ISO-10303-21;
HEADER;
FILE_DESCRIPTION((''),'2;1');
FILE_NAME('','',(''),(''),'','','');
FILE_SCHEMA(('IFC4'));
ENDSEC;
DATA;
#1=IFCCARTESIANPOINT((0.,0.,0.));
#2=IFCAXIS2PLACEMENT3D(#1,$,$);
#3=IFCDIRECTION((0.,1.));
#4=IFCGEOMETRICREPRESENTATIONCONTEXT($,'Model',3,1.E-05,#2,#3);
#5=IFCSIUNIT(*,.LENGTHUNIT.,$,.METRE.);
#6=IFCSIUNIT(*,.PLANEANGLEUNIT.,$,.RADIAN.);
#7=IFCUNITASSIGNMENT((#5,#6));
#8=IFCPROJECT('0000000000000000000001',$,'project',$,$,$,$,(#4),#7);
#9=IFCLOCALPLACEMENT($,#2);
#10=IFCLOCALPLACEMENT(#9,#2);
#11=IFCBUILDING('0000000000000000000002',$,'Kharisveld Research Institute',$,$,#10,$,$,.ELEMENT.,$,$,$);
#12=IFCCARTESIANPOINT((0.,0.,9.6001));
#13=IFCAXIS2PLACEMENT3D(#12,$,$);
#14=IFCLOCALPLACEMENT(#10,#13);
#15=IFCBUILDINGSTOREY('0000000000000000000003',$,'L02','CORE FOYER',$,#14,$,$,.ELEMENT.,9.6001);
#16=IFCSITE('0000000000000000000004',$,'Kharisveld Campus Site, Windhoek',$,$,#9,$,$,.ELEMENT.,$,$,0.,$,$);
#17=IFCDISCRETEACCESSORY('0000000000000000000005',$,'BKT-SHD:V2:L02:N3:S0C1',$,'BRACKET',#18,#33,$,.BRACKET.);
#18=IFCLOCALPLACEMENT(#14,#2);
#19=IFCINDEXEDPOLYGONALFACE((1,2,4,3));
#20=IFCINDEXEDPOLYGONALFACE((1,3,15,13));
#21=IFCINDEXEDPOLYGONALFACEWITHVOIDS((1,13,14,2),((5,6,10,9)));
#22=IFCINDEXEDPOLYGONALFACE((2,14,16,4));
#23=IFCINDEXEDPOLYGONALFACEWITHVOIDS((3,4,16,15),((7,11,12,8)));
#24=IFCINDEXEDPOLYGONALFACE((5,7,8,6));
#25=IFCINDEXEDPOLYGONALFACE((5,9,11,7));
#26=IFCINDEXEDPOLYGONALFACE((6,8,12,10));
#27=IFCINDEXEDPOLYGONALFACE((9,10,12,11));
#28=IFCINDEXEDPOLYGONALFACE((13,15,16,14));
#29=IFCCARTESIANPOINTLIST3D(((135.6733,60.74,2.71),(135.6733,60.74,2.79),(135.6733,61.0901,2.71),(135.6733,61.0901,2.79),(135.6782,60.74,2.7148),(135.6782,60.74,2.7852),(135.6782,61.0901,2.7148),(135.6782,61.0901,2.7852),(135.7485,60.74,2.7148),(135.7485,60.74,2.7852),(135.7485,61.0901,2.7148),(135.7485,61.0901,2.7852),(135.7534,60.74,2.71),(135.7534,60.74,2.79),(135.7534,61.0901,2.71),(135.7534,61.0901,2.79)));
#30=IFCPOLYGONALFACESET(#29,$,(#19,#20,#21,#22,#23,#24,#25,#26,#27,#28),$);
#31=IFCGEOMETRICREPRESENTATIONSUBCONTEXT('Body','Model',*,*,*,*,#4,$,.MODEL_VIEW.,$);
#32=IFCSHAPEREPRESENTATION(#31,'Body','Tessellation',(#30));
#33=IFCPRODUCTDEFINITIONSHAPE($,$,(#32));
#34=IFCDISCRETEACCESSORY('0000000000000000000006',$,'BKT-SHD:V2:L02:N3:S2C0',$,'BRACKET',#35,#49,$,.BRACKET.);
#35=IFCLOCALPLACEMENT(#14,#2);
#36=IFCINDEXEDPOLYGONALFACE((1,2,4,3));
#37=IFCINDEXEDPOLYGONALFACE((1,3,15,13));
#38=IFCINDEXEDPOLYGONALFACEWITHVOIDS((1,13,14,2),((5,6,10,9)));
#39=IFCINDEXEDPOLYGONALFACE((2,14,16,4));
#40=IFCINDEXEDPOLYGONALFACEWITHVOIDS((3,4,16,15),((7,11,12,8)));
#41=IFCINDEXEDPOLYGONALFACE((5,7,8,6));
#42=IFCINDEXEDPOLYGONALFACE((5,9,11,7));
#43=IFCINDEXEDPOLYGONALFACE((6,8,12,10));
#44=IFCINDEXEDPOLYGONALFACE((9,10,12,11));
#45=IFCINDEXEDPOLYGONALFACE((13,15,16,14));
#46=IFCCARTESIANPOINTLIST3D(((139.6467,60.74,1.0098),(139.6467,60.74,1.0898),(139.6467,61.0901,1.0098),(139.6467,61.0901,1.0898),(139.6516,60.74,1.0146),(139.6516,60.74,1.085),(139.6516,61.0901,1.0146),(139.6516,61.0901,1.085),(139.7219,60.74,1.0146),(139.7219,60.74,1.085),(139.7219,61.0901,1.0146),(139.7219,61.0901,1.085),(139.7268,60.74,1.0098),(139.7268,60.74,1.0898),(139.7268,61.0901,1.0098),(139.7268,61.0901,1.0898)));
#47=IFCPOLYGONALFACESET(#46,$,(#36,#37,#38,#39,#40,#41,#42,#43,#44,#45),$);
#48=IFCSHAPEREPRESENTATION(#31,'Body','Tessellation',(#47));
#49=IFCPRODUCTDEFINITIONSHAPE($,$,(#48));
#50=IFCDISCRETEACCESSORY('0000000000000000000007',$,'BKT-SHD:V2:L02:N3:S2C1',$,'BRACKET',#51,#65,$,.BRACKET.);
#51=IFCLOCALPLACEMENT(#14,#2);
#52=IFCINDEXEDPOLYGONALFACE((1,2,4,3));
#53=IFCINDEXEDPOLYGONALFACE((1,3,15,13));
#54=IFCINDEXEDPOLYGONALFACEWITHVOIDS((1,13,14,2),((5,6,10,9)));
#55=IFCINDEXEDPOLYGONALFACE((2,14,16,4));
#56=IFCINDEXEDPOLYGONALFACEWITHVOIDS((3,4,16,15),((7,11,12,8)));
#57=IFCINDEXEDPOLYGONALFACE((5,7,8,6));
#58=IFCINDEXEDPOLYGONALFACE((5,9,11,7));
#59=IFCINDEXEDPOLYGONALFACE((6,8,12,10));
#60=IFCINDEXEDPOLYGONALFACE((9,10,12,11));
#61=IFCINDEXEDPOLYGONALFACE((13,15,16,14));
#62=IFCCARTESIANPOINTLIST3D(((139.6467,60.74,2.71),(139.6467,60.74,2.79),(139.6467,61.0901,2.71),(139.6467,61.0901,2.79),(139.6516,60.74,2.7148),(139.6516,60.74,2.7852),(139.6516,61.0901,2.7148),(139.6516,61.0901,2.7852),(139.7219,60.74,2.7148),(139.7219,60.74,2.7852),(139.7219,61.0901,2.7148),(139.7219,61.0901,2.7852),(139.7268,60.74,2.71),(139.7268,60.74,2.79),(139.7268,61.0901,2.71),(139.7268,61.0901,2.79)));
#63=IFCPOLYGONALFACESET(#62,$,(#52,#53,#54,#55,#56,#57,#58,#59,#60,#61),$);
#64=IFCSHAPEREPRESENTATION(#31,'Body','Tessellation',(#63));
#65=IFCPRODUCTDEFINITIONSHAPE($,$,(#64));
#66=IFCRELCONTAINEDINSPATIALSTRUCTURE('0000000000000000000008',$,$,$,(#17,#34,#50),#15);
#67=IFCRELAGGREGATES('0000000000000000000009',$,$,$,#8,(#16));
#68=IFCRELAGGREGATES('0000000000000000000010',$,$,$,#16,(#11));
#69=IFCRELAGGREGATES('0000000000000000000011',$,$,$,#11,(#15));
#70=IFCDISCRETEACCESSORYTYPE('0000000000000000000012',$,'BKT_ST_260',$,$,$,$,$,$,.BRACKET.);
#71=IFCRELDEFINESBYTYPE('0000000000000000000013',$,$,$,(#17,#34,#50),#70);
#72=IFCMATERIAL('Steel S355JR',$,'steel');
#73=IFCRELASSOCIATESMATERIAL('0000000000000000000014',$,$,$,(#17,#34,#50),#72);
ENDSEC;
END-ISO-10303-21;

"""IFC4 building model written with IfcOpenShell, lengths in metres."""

from ifc_helpers import new_model, si_unit, direction, frame, origin, origin_2d, place, context, subcontext, project, spatial, hollow_rectangle, extrude, material, type_object, element, save


model = new_model("IFC4")

# Units and contexts
model_context = context("Model", 3, precision=1e-05, world=origin(), true_north=direction((0.0, 1.0)))
body_context = subcontext(model_context, "Body", "Model", "MODEL_VIEW")
ifc_project = project(units=[si_unit("LENGTHUNIT", "METRE"), si_unit("PLANEANGLEUNIT", "RADIAN")], contexts=[model_context])

# Site, building, storey
site_placement = place(None, origin())
site = spatial("IfcSite", under=ifc_project, at=site_placement, Name="Kharisveld Campus Site, Windhoek", CompositionType="ELEMENT", RefElevation=0.0)
building_placement = place(site_placement, origin())
building = spatial("IfcBuilding", under=site, at=building_placement, Name="Kharisveld Research Institute", CompositionType="ELEMENT")
storey_placement = place(building_placement, frame((0.0, 0.0, 9.6001)))
storey = spatial("IfcBuildingStorey", under=building, at=storey_placement, Name="L02", Description="CORE FOYER", CompositionType="ELEMENT", Elevation=9.6001)

# Discrete accessories
ifc_material_1 = material(Name="Steel S355JR", Category="steel")
discrete_accessory_type = type_object("IfcDiscreteAccessoryType", Name="BKT_ST_260", PredefinedType="BRACKET")
for number, where, z_axis, x_axis, name in (
    (1, (135.7134, 60.74, 2.75), (0.0, 1.0, 0.0), (-1.0, 0.0, 0.0), "BKT-SHD:V2:L02:N3:S0C1"),
    (2, (139.6868, 60.74, 1.0498), (0.0, 1.0, 0.0), (-1.0, 0.0, 0.0), "BKT-SHD:V2:L02:N3:S2C0"),
    (3, (139.6868, 60.74, 2.75), (0.0, 1.0, 0.0), (-1.0, 0.0, 0.0), "BKT-SHD:V2:L02:N3:S2C1"),
):
    element("IfcDiscreteAccessory", number, at=place(storey_placement, frame(where, z_axis=z_axis, x_axis=x_axis)), inside=storey, type_object=discrete_accessory_type, material=ifc_material_1, Name=name, ObjectType="BRACKET", PredefinedType="BRACKET", context=body_context, shape_type="SweptSolid", body=[
        extrude(hollow_rectangle(XDim=0.0801, YDim=0.0801, WallThickness=0.0049, at=origin_2d()), origin(), (0.0, 0.0, 1.0), 0.3501),
    ])

save(model, "model.ifc")
